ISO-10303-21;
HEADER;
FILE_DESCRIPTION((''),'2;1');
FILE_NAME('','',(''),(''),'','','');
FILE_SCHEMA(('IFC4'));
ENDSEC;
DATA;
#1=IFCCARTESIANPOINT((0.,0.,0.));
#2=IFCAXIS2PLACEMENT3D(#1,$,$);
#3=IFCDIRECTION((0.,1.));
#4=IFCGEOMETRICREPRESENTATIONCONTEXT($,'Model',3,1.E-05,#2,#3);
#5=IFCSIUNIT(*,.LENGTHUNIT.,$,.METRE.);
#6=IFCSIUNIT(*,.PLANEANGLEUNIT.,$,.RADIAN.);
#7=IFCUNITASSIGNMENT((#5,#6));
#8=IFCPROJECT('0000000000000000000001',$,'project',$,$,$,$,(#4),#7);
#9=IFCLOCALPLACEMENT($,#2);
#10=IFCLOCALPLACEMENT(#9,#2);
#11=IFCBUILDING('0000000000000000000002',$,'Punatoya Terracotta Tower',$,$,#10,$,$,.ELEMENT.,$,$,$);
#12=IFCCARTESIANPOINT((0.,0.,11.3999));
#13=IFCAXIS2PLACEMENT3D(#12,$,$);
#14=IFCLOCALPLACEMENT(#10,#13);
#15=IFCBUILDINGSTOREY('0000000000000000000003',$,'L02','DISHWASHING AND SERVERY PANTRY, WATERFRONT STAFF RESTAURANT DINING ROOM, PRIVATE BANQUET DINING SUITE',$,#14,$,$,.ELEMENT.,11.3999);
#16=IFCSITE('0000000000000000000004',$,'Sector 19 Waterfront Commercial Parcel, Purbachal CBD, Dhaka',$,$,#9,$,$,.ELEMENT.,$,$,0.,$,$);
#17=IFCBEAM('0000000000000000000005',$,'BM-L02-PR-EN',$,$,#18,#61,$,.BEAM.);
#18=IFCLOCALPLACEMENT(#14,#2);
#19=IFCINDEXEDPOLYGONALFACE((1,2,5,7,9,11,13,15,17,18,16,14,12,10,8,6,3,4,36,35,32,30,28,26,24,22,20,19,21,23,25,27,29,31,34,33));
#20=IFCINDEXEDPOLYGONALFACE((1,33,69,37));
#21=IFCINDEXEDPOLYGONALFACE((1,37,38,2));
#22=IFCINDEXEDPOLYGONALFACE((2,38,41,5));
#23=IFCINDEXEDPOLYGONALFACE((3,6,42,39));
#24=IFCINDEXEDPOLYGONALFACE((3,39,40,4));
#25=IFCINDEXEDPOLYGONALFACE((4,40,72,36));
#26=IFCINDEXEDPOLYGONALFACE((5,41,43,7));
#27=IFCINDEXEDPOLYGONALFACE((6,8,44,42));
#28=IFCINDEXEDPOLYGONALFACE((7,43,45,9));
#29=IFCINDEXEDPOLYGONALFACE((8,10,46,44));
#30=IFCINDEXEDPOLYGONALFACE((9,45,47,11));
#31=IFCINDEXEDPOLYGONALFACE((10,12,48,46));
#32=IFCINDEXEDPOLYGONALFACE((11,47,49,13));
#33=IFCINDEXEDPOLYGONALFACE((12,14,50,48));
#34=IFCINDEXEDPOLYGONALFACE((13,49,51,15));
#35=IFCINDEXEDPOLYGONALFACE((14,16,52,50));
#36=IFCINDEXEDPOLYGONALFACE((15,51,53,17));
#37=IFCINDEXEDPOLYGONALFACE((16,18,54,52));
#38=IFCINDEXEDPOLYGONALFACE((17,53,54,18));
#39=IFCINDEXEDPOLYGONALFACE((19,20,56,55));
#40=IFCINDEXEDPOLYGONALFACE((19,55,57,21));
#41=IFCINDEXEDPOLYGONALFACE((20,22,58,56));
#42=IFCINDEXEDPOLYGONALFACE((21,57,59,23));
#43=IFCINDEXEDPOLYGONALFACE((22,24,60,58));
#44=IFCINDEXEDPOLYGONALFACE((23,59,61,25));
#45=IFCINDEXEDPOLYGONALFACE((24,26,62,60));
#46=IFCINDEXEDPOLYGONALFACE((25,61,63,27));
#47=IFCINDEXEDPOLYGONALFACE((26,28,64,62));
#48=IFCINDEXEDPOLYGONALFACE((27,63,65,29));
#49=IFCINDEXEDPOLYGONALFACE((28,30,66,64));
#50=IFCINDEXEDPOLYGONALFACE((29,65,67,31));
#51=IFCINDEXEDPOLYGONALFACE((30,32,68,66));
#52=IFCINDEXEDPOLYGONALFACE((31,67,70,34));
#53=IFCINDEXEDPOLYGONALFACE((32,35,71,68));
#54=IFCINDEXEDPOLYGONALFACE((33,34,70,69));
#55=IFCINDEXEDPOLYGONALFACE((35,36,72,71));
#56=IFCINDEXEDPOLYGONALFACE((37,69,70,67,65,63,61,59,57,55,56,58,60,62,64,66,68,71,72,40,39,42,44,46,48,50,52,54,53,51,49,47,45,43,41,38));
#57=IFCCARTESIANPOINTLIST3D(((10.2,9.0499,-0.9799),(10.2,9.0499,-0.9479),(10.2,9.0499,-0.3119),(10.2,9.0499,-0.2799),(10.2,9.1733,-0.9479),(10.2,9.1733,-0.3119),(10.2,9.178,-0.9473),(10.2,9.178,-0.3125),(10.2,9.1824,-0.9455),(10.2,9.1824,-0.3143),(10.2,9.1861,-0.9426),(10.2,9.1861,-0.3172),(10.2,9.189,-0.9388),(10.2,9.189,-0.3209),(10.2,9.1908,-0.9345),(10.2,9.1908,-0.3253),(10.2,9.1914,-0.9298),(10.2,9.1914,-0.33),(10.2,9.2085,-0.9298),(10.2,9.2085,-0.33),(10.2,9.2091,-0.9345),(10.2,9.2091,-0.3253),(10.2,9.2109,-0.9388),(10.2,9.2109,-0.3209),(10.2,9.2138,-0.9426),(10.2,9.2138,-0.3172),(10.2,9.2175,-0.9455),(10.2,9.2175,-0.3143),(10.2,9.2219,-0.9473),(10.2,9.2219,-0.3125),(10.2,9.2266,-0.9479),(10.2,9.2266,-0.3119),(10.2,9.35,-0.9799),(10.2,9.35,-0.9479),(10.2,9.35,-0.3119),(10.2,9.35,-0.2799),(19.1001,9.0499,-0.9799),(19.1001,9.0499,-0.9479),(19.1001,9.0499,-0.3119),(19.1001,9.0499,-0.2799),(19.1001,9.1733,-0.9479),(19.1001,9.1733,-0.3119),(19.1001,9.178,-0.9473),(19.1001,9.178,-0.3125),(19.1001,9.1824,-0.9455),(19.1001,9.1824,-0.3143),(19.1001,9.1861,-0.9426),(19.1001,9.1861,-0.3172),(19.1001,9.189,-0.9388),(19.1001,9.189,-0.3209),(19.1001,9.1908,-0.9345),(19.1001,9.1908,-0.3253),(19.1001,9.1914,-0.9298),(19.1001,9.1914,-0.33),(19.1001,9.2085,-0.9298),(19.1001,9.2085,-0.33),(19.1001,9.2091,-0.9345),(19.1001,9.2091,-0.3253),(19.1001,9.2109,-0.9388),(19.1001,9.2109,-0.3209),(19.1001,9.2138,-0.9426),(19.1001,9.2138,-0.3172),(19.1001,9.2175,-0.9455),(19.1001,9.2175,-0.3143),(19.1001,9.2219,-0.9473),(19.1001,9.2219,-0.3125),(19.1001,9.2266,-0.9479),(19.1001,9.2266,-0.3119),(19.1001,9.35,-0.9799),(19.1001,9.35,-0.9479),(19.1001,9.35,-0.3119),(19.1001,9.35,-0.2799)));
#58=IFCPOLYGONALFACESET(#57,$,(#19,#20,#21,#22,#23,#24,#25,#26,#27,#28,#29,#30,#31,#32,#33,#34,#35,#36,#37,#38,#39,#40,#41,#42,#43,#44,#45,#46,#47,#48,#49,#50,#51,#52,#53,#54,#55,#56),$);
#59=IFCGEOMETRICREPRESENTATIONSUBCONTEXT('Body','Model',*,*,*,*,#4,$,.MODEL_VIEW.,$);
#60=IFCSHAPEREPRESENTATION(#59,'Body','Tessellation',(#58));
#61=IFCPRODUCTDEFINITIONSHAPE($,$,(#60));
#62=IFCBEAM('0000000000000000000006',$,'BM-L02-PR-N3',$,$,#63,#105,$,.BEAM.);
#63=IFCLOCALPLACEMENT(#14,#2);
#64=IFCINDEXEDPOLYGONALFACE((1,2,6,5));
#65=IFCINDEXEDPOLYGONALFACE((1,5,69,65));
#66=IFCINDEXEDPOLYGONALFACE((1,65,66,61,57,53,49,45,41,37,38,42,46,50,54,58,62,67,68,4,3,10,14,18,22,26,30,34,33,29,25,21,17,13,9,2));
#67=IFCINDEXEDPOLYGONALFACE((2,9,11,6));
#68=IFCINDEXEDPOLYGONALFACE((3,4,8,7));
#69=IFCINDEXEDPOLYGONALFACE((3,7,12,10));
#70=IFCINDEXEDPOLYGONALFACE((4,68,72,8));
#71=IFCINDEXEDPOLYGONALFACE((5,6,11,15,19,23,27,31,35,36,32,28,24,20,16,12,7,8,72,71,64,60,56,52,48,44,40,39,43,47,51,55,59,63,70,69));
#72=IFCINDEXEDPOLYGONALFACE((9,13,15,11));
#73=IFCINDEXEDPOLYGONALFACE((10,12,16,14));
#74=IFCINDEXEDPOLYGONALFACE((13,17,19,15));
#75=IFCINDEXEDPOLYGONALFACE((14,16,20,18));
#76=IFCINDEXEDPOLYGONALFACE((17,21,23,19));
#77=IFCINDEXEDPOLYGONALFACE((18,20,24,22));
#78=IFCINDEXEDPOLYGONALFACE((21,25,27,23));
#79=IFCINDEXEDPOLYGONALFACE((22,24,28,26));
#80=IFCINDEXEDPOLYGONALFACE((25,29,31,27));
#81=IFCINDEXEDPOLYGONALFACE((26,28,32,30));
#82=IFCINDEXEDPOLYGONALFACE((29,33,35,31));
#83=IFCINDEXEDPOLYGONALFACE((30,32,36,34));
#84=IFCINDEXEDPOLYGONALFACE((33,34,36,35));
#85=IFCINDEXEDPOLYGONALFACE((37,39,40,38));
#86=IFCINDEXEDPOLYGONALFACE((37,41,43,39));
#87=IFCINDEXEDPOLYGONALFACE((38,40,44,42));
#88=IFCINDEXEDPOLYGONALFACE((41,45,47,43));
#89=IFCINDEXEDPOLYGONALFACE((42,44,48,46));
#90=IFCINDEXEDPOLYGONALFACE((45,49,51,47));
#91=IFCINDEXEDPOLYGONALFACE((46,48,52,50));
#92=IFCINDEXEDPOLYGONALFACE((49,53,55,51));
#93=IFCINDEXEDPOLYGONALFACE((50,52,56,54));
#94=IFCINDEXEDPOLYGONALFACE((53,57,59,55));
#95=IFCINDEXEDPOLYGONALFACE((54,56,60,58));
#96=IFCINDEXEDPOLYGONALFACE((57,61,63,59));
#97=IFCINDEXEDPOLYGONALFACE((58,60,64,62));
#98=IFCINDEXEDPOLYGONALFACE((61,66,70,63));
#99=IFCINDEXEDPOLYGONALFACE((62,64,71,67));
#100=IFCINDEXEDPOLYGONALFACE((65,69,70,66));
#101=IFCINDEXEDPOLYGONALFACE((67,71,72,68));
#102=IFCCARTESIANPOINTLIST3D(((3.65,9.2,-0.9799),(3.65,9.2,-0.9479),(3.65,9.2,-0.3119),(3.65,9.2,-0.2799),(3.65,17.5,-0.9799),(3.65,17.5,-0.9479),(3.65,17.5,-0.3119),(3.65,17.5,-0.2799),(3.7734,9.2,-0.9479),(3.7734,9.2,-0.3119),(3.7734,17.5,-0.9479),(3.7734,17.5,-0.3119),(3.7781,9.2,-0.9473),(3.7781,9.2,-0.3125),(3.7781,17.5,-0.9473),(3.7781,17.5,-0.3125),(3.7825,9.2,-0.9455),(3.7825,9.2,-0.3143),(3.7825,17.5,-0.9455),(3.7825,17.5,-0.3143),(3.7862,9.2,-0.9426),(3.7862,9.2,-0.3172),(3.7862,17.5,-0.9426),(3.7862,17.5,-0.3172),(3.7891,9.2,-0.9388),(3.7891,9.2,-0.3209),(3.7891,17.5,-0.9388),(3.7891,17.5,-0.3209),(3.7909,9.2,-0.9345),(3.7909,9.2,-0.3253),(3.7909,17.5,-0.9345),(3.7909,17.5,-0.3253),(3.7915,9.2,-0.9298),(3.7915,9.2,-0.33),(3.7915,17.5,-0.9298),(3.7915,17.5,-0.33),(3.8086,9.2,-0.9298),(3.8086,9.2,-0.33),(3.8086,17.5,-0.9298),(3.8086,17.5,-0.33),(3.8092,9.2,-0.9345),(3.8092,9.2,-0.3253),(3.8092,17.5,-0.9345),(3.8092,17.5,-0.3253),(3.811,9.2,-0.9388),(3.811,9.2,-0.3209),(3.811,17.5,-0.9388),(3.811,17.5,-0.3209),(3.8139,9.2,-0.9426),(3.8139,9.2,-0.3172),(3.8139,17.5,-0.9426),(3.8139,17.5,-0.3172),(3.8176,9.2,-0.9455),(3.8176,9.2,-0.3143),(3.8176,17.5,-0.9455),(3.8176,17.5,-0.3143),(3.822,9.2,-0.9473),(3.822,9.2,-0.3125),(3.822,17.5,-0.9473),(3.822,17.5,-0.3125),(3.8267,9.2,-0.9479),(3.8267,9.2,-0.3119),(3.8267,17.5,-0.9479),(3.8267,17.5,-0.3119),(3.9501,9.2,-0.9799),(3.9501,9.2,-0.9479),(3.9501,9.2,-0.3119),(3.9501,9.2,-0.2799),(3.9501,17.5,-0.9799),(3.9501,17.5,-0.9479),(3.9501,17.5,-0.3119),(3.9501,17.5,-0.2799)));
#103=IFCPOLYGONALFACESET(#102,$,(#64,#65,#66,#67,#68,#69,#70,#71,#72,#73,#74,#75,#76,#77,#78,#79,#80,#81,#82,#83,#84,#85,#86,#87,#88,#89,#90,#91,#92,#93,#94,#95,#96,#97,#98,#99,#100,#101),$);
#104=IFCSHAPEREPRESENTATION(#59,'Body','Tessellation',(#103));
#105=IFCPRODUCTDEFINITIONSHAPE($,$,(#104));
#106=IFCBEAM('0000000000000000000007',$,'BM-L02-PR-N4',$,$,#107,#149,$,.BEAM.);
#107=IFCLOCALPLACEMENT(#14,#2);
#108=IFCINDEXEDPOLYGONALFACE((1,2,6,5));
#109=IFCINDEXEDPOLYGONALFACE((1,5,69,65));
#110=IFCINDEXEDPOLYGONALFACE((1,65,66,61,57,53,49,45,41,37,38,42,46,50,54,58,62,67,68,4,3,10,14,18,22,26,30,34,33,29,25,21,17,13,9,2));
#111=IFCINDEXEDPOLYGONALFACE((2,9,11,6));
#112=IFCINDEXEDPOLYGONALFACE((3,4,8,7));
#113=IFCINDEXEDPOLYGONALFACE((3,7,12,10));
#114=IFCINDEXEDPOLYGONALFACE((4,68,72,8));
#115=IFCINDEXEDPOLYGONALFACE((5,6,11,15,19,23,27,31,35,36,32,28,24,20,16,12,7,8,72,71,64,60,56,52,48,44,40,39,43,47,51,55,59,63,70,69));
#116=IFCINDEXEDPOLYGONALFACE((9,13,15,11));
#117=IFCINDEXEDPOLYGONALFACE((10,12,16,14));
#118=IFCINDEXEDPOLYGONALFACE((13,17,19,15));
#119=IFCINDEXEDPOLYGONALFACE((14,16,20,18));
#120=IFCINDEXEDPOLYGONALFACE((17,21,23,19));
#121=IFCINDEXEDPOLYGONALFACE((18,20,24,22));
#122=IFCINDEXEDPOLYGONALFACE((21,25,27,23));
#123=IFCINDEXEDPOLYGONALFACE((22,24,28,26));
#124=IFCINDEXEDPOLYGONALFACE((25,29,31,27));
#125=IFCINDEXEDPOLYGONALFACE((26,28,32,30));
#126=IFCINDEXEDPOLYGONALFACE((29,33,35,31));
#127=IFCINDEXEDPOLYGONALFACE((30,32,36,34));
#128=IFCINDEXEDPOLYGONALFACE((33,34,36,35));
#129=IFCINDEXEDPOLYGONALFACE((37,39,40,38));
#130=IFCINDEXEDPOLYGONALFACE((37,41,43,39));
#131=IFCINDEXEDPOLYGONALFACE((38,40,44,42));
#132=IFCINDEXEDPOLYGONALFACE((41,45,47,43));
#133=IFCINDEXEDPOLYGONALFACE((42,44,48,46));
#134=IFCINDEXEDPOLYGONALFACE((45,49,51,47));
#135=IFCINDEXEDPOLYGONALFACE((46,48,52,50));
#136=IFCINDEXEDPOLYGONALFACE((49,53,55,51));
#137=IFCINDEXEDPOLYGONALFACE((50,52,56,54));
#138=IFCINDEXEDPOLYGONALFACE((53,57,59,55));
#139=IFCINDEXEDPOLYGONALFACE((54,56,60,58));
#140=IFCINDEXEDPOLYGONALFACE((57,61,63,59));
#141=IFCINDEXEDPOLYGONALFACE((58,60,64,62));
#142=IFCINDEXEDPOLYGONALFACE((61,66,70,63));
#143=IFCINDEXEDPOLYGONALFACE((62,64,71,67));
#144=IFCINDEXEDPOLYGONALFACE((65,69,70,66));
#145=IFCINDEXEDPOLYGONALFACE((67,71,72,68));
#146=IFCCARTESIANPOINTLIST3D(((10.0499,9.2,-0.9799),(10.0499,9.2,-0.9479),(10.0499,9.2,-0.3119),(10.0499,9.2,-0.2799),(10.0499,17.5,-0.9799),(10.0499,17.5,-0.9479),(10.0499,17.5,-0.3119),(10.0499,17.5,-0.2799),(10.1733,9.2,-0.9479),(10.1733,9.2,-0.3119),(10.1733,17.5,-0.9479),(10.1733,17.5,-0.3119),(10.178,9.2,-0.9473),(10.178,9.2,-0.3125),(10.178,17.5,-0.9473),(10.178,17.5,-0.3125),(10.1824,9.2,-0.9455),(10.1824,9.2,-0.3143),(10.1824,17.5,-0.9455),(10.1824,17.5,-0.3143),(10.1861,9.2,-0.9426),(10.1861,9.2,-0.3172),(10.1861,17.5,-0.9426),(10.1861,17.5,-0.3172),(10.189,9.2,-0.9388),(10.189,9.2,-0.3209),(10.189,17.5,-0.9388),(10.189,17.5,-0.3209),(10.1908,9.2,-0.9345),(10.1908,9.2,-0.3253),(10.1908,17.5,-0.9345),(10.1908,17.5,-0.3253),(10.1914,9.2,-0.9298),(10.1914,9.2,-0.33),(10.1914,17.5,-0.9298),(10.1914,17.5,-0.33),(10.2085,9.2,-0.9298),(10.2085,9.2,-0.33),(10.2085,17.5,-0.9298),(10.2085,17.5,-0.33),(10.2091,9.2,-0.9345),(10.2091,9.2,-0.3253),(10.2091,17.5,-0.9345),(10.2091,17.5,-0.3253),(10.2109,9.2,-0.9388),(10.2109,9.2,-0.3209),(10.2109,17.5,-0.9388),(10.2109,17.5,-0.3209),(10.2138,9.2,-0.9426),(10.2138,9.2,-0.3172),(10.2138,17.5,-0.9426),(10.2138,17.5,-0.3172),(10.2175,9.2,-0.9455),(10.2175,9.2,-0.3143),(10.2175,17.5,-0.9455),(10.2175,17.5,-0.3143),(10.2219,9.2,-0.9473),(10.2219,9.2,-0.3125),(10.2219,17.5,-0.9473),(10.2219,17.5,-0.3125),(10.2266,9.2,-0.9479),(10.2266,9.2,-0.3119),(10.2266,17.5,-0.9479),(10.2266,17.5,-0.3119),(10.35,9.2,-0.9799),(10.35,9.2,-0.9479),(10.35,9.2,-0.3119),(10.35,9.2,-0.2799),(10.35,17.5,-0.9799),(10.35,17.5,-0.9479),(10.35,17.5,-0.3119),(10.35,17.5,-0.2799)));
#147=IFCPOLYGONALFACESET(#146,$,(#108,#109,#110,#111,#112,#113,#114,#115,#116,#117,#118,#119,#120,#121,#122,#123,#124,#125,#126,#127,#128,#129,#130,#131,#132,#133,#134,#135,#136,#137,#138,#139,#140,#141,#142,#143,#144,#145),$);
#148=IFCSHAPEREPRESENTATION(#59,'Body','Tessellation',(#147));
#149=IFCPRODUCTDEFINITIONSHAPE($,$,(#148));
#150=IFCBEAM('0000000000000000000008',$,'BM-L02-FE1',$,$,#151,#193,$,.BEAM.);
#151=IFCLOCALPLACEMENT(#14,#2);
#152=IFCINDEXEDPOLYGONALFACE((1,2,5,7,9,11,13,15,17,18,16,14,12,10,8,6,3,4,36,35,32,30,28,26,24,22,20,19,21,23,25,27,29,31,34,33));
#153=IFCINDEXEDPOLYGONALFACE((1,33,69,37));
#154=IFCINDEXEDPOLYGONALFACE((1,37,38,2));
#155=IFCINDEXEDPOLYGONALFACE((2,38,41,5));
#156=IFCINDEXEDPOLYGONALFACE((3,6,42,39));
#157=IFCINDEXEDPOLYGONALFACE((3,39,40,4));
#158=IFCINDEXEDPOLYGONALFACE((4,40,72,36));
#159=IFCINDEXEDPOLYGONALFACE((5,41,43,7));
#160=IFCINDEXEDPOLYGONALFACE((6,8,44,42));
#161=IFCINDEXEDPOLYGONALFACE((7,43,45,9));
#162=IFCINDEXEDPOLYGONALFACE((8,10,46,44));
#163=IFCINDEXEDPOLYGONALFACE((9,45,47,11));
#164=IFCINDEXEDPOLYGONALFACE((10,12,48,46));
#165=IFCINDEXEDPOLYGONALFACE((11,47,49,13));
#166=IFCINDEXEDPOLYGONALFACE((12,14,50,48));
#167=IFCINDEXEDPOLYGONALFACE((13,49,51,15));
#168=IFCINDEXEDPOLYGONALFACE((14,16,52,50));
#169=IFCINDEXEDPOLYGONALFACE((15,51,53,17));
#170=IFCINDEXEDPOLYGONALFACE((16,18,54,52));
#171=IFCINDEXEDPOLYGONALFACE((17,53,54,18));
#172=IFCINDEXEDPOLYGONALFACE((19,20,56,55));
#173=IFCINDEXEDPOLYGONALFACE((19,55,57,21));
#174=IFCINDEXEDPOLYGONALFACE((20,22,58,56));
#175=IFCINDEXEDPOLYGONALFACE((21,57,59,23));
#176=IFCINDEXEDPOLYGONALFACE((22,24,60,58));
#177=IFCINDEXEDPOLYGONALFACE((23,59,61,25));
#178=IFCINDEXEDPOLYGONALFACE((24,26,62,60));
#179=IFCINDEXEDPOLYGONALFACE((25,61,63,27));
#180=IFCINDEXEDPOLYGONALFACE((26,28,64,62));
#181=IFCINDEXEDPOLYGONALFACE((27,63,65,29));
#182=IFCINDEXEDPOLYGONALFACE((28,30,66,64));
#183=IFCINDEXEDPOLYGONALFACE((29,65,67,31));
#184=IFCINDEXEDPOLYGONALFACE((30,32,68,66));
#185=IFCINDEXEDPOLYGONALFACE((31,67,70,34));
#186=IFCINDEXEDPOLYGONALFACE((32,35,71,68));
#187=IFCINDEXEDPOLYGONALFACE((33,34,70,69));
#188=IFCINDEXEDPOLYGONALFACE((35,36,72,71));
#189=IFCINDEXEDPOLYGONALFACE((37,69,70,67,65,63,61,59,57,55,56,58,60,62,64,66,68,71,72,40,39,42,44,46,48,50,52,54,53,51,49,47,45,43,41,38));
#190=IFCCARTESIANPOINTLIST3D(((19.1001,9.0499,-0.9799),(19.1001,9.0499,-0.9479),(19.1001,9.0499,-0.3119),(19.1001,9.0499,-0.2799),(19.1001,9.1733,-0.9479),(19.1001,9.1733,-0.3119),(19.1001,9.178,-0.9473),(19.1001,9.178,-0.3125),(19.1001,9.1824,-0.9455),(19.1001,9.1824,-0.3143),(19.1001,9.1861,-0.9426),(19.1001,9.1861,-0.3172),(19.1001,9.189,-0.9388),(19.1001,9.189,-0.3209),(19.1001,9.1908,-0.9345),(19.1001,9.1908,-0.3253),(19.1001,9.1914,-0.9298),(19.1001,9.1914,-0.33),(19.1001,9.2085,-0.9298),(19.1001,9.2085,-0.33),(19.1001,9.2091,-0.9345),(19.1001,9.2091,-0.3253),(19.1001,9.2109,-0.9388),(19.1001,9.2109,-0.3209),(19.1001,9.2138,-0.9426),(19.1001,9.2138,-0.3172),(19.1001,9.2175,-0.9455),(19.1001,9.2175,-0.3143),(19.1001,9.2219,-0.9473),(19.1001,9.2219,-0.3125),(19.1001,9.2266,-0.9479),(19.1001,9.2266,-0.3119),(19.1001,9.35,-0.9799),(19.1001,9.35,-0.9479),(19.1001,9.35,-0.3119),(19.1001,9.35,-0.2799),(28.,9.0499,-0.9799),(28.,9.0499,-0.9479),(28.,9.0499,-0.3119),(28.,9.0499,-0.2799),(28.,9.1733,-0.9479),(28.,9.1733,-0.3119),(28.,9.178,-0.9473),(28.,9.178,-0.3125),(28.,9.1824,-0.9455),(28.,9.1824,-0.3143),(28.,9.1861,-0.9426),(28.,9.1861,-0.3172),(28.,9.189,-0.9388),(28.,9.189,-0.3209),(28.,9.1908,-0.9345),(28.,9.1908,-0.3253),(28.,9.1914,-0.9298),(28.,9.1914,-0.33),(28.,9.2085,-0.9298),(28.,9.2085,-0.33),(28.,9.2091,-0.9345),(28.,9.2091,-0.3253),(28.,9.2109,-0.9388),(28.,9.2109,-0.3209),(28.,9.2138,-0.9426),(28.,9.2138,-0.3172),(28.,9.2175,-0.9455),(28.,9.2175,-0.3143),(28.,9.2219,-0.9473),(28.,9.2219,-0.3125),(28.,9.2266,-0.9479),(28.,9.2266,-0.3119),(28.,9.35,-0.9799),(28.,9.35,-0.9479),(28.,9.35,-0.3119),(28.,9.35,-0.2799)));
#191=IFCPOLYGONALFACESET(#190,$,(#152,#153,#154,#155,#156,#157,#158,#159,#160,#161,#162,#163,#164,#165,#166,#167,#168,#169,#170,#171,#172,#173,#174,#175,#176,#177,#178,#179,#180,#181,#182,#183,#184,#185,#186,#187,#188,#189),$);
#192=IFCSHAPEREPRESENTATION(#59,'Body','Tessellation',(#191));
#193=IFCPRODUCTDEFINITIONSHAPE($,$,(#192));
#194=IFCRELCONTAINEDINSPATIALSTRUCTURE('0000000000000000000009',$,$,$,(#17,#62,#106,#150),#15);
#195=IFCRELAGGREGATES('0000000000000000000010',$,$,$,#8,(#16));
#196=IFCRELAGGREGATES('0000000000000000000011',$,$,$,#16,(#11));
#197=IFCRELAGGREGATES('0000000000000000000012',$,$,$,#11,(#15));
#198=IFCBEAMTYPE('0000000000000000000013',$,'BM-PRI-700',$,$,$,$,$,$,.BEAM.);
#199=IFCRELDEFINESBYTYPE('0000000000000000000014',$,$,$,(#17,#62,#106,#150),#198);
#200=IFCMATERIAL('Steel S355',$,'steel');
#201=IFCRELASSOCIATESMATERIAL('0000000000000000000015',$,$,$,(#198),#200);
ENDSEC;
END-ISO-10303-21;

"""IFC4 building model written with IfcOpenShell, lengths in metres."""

from ifc_helpers import new_model, si_unit, direction, frame, origin, origin_2d, place, context, subcontext, project, spatial, i_section, extrude, material, material_profile, profile_set, type_object, element, save


model = new_model("IFC4")

# Units and contexts
model_context = context("Model", 3, precision=1e-05, world=origin(), true_north=direction((0.0, 1.0)))
body_context = subcontext(model_context, "Body", "Model", "MODEL_VIEW")
ifc_project = project(units=[si_unit("LENGTHUNIT", "METRE"), si_unit("PLANEANGLEUNIT", "RADIAN")], contexts=[model_context])

# Site, building, storey
site_placement = place(None, origin())
site = spatial("IfcSite", under=ifc_project, at=site_placement, Name="Sector 19 Waterfront Commercial Parcel, Purbachal CBD, Dhaka", CompositionType="ELEMENT", RefElevation=0.0)
building_placement = place(site_placement, origin())
building = spatial("IfcBuilding", under=site, at=building_placement, Name="Punatoya Terracotta Tower", CompositionType="ELEMENT")
storey_placement = place(building_placement, frame((0.0, 0.0, 11.3999)))
storey = spatial("IfcBuildingStorey", under=building, at=storey_placement, Name="L02", Description="DISHWASHING AND SERVERY PANTRY, WATERFRONT STAFF RESTAURANT DINING ROOM, PRIVATE BANQUET DINING SUITE", CompositionType="ELEMENT", Elevation=11.3999)

# Beams
ifc_material_1 = material(Name="Steel S355", Category="steel")
ifc_material_profile_1 = material_profile(ifc_material_1, i_section(OverallWidth=0.3, OverallDepth=0.7, WebThickness=0.0171, FlangeThickness=0.032, FilletRadius=0.0181, at=origin_2d()))
ifc_profile_set_1 = profile_set([ifc_material_profile_1], Name="Steel S355")
beam_type_1 = type_object("IfcBeamType", Name="BM-PRI-700", PredefinedType="BEAM", material=ifc_profile_set_1)
for number, where, z_axis, x_axis, name in (
    (1, (10.2, 9.2, -0.6299), (1.0, 0.0, 0.0), (0.0, 1.0, 0.0), "BM-L02-PR-EN"),
):
    element("IfcBeam", number, at=place(storey_placement, frame(where, z_axis=z_axis, x_axis=x_axis)), inside=storey, type_object=beam_type_1, Name=name, PredefinedType="BEAM", context=body_context, shape_type="SweptSolid", body=[
        extrude(i_section(OverallWidth=0.3, OverallDepth=0.7, WebThickness=0.0171, FlangeThickness=0.032, FilletRadius=0.0181, at=origin_2d()), origin(), (0.0, 0.0, 1.0), 8.9001),
    ])
for number, where, z_axis, x_axis, name in (
    (2, (3.8, 9.2, -0.6299), (0.0, 1.0, 0.0), (-1.0, 0.0, 0.0), "BM-L02-PR-N3"),
    (3, (10.2, 9.2, -0.6299), (0.0, 1.0, 0.0), (-1.0, 0.0, 0.0), "BM-L02-PR-N4"),
):
    element("IfcBeam", number, at=place(storey_placement, frame(where, z_axis=z_axis, x_axis=x_axis)), inside=storey, type_object=beam_type_1, Name=name, PredefinedType="BEAM", context=body_context, shape_type="SweptSolid", body=[
        extrude(i_section(OverallWidth=0.3, OverallDepth=0.7, WebThickness=0.0171, FlangeThickness=0.032, FilletRadius=0.0181, at=origin_2d()), origin(), (0.0, 0.0, 1.0), 8.3),
    ])
beam_1_placement = place(storey_placement, frame((19.1001, 9.2, -0.6299), z_axis=(1.0, 0.0, 0.0), x_axis=(0.0, 1.0, 0.0)))
element("IfcBeam", 4, at=beam_1_placement, inside=storey, type_object=beam_type_1, Name="BM-L02-FE1", PredefinedType="BEAM", context=body_context, shape_type="SweptSolid", body=[
    extrude(i_section(OverallWidth=0.3, OverallDepth=0.7, WebThickness=0.0171, FlangeThickness=0.032, FilletRadius=0.0181, at=origin_2d()), origin(), (0.0, 0.0, 1.0), 8.8999),
])

save(model, "model.ifc")
